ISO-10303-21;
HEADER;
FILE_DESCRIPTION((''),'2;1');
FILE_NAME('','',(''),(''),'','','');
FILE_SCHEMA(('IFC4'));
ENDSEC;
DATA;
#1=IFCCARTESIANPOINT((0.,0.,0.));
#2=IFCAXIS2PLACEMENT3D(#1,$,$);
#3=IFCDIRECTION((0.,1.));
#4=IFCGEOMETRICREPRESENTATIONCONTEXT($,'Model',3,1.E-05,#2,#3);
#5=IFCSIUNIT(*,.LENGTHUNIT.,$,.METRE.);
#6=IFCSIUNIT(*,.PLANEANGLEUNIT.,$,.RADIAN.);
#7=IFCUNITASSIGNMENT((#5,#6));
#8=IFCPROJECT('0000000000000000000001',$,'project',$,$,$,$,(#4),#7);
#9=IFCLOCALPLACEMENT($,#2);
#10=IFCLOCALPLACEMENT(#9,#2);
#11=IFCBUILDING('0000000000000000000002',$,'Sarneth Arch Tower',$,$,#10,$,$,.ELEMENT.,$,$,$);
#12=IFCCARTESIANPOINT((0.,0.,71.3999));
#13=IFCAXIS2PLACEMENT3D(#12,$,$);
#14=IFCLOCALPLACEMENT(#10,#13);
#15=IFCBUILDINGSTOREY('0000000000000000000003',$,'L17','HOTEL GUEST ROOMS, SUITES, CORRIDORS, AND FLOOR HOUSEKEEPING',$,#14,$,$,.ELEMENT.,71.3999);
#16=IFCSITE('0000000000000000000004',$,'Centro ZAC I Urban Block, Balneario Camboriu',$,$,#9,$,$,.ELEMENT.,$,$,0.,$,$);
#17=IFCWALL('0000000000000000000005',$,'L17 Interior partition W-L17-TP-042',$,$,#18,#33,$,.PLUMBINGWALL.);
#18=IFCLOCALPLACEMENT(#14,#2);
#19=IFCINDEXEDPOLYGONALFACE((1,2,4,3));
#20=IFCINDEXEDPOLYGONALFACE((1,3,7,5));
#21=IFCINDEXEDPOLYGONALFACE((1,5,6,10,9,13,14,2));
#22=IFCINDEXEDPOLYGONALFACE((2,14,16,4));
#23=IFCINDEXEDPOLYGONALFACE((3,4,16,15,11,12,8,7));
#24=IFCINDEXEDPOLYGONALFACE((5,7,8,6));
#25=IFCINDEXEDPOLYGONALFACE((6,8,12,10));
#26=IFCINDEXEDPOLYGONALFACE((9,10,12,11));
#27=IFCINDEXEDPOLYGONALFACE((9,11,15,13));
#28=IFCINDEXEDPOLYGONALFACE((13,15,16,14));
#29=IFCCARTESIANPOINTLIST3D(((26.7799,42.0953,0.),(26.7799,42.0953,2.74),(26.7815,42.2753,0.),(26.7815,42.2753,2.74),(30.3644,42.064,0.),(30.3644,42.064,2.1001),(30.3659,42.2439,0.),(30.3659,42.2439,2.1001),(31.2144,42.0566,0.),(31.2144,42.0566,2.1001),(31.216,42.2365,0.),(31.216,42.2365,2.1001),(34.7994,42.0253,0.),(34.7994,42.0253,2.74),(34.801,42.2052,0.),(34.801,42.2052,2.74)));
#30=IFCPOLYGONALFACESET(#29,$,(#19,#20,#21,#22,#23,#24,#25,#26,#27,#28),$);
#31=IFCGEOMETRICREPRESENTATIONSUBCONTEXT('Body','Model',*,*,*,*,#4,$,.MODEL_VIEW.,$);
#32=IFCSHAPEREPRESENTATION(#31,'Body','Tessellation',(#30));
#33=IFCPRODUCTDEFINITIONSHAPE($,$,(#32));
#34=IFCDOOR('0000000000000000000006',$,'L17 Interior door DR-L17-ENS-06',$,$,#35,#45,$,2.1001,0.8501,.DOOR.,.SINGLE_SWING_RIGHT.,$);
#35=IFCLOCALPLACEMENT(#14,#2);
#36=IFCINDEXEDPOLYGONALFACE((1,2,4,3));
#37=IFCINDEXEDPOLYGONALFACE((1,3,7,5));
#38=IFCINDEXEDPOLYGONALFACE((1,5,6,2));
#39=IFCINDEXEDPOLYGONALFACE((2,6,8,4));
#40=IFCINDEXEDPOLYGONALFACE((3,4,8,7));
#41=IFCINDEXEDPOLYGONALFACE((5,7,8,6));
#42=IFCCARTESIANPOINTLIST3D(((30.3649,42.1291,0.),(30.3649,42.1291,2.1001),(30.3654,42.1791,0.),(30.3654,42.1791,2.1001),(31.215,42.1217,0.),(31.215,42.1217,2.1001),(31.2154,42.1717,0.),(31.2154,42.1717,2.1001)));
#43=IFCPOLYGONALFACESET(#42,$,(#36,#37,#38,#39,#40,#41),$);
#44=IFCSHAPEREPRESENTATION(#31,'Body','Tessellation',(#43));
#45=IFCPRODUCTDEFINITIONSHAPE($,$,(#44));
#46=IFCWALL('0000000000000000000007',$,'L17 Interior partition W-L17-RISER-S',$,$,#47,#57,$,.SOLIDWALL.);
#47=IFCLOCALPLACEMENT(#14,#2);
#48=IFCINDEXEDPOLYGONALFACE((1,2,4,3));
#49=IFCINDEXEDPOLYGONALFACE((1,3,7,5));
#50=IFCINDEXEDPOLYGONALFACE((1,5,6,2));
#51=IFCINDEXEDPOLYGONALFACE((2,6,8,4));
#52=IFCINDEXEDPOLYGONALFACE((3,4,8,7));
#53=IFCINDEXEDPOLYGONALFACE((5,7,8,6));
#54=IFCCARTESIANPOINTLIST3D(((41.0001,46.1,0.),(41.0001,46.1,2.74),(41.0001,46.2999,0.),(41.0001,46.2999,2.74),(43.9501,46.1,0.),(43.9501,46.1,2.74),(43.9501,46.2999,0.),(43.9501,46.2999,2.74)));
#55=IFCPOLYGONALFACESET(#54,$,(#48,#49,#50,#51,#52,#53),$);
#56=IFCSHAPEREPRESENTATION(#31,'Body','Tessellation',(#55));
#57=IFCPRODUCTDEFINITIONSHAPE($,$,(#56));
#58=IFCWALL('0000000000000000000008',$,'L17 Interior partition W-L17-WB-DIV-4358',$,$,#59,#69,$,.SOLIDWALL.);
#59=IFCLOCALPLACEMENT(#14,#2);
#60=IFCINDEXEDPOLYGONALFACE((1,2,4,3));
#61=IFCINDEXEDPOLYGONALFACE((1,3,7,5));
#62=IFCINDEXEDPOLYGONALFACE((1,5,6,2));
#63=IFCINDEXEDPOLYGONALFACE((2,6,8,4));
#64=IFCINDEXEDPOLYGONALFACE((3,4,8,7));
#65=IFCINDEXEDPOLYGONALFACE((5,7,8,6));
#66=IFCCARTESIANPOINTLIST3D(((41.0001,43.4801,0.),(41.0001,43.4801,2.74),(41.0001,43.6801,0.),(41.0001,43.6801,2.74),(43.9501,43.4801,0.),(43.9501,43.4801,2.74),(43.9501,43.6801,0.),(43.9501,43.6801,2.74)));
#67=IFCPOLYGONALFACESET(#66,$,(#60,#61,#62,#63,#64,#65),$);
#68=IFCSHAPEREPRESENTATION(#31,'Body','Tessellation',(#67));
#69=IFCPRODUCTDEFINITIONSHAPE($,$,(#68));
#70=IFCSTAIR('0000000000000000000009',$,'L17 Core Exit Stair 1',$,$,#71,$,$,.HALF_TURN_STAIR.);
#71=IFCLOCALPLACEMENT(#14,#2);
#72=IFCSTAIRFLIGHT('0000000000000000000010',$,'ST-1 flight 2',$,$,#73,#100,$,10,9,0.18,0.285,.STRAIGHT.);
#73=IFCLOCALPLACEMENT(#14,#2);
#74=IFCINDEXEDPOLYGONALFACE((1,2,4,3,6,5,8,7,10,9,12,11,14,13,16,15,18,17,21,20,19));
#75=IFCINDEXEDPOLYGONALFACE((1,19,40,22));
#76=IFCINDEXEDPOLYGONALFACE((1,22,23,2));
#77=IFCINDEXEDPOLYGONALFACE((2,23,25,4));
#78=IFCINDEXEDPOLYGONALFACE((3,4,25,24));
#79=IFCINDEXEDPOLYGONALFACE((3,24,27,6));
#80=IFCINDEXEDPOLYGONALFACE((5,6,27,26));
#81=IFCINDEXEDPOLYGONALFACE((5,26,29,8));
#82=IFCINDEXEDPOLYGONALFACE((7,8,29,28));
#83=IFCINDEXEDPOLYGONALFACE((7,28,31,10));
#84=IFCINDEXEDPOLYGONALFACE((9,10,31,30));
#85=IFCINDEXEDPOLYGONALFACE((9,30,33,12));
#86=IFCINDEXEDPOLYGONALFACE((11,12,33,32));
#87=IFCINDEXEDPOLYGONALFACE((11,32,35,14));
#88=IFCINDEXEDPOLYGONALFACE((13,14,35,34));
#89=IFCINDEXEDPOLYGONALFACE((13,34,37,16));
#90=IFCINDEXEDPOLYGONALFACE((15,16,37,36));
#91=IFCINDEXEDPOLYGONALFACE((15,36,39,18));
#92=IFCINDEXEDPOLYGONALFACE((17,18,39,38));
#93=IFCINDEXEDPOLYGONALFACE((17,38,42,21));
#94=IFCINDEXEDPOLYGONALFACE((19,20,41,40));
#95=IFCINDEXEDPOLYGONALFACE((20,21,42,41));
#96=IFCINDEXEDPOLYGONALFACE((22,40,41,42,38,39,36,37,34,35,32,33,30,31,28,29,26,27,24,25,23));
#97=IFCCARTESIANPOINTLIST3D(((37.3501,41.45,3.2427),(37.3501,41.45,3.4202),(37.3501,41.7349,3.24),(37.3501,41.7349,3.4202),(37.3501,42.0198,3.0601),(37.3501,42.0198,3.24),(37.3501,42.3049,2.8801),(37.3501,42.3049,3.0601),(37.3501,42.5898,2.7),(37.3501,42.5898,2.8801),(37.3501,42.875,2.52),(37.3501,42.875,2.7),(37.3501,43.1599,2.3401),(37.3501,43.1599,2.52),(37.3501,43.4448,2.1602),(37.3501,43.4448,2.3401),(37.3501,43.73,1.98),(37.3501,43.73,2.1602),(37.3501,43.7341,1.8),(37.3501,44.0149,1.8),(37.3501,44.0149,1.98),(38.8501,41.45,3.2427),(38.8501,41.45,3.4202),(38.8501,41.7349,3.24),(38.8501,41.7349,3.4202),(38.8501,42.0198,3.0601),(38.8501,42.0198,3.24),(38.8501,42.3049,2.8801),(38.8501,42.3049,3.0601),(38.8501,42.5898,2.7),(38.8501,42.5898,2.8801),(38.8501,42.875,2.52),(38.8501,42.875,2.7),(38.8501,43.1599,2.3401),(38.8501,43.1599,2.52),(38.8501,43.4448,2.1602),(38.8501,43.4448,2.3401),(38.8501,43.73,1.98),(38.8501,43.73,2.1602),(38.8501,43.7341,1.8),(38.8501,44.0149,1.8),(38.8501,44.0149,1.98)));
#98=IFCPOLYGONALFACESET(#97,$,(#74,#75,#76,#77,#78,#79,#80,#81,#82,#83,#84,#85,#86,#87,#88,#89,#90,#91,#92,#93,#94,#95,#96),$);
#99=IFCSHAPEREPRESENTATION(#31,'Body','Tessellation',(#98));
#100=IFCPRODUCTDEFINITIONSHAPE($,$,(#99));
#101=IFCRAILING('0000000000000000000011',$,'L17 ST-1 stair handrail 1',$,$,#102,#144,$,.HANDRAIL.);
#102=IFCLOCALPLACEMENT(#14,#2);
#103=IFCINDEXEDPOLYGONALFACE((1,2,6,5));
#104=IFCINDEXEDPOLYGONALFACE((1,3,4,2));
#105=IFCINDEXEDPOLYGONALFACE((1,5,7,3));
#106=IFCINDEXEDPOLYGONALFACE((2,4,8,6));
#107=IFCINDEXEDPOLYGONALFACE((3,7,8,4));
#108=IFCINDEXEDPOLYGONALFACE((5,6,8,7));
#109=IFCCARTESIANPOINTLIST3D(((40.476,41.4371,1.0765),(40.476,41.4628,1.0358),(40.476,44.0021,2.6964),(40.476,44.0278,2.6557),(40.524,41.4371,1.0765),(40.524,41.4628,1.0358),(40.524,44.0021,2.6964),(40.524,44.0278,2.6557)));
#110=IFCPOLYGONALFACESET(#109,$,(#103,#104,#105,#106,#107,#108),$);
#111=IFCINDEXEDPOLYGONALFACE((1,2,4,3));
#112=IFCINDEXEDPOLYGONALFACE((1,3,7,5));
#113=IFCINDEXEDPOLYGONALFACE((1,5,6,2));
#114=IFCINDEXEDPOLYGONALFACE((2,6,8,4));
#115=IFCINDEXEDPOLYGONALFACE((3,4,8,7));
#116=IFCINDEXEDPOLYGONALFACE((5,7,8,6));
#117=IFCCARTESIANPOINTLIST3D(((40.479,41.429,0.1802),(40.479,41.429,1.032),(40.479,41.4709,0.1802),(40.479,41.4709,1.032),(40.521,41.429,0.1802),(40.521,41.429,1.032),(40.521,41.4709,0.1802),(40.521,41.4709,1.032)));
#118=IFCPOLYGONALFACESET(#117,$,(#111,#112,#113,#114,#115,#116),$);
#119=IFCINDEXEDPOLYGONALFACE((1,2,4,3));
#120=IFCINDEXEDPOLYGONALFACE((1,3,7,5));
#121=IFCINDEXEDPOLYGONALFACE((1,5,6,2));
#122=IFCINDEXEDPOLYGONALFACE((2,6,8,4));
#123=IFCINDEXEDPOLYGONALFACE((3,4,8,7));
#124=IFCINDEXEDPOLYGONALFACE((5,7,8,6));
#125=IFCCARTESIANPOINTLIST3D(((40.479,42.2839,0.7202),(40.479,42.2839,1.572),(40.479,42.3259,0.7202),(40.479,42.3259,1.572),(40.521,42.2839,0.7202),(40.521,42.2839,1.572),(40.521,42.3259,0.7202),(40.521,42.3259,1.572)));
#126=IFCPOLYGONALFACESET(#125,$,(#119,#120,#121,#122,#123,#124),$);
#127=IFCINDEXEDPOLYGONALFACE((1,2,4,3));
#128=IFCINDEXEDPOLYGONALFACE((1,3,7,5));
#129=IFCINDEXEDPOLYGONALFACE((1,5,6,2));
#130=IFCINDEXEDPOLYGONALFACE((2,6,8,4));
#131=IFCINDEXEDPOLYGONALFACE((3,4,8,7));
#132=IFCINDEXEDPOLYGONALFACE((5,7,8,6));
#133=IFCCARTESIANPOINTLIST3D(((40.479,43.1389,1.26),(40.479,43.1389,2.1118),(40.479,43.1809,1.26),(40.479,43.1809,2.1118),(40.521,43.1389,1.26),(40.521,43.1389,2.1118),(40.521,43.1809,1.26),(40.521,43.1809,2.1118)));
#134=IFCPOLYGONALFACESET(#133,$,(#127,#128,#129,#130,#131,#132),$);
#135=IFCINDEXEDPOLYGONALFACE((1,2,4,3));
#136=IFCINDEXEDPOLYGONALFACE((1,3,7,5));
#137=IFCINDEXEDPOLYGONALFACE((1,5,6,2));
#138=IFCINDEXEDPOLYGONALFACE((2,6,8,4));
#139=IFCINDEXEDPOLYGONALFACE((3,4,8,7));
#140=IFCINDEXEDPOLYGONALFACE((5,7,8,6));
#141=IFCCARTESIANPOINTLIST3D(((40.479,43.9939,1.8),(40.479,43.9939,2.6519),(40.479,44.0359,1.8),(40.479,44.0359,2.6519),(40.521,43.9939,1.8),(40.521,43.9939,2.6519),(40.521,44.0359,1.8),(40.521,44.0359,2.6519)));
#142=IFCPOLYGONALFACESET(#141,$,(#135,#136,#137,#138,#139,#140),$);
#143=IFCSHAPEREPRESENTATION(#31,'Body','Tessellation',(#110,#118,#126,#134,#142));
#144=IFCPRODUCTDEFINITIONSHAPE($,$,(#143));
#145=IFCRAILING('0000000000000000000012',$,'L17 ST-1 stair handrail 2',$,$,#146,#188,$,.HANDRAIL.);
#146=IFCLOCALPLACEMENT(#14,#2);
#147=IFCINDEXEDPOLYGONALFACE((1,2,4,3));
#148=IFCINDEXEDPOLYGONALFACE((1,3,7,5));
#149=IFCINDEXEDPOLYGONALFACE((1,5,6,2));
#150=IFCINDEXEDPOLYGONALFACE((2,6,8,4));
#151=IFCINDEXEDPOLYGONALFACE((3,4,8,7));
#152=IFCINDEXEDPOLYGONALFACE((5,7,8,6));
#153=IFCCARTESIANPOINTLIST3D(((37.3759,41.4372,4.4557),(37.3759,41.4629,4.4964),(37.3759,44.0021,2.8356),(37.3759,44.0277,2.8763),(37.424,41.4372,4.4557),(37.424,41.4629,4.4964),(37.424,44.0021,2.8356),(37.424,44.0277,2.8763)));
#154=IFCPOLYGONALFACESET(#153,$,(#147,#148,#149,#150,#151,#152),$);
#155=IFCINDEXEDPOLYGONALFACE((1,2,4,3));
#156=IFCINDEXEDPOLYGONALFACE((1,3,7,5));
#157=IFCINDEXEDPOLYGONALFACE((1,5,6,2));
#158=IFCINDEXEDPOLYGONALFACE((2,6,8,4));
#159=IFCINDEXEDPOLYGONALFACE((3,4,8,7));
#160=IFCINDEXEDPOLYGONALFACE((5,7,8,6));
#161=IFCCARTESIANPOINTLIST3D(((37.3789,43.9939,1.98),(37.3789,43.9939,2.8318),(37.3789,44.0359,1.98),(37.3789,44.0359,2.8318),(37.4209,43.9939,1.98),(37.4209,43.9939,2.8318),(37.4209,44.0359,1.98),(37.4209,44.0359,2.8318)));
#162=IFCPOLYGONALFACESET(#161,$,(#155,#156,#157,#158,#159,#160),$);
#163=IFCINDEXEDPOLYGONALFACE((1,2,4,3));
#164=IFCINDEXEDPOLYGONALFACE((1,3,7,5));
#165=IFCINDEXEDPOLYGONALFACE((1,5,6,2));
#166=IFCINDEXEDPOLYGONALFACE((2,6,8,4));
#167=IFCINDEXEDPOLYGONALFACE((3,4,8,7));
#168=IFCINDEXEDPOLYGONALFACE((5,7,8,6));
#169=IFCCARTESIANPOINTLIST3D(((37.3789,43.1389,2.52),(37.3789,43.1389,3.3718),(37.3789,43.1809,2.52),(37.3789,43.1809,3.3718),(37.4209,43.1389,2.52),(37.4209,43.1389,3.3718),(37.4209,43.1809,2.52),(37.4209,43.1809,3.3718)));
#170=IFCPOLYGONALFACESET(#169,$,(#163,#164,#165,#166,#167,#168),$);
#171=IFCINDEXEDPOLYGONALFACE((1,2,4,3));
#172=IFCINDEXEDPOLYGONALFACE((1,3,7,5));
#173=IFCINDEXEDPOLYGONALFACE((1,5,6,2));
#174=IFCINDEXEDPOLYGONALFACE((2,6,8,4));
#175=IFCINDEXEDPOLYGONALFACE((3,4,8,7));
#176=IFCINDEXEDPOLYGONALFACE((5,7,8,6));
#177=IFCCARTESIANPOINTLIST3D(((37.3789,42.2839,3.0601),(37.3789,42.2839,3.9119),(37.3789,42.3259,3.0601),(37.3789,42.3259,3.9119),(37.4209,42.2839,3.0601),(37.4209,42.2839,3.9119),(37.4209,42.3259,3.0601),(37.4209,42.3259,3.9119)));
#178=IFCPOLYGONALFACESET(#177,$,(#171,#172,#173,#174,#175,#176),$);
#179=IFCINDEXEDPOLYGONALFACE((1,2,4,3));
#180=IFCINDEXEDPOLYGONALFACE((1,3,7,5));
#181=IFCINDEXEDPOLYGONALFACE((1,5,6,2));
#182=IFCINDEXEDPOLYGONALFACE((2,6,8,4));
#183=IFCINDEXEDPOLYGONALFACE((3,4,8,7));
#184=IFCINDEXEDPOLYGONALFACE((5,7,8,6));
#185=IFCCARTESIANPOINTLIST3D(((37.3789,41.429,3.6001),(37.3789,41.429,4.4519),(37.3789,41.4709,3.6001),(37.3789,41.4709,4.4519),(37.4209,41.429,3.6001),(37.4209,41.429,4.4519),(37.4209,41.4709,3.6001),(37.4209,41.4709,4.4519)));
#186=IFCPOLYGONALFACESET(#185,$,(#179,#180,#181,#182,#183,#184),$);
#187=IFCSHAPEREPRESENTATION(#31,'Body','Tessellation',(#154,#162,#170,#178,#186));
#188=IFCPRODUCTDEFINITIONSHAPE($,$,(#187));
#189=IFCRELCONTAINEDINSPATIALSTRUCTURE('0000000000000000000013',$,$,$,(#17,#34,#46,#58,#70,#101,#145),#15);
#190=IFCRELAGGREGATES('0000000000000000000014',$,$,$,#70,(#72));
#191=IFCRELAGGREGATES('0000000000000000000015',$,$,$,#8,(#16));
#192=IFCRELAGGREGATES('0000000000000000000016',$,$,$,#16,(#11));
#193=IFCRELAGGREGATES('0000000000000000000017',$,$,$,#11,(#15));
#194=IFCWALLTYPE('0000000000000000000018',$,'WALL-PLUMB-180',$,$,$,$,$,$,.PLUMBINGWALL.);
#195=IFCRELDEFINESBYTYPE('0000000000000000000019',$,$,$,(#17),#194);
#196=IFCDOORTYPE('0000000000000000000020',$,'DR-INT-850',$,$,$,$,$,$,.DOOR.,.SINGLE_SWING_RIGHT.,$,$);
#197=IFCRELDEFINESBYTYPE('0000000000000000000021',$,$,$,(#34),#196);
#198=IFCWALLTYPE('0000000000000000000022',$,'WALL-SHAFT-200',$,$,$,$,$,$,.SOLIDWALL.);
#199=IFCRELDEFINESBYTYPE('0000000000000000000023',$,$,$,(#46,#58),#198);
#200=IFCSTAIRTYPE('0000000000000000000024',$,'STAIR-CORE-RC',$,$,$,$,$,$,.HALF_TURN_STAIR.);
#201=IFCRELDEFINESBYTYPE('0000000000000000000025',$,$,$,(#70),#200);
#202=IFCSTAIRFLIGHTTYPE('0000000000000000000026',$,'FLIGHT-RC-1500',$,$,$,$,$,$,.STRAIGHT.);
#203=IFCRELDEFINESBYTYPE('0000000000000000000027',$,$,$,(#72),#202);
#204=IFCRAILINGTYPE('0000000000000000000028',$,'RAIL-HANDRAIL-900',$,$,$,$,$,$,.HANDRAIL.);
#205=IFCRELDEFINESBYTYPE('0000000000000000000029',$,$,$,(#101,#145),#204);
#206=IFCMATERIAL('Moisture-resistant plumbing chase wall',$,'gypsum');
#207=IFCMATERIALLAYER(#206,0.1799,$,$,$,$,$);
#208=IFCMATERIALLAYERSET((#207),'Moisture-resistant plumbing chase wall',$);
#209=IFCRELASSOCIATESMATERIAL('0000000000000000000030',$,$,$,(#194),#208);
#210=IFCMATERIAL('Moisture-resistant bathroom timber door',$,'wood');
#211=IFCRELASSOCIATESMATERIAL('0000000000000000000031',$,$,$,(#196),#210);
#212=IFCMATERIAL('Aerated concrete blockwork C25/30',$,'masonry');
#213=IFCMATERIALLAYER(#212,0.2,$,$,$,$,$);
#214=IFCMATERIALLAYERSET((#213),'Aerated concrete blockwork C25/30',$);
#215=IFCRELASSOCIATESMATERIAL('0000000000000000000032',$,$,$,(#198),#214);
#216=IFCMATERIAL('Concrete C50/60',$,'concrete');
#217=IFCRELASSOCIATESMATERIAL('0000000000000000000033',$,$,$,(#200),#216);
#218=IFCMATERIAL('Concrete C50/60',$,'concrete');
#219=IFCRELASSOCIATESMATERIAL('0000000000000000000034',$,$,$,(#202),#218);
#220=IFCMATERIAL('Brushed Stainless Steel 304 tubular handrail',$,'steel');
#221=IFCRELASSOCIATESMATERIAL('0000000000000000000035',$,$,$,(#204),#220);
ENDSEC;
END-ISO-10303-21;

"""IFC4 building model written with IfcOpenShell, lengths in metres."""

from ifc_helpers import new_model, si_unit, direction, frame, frame_2d, origin, origin_2d, place, context, subcontext, project, spatial, polyline, rectangle, outline, extrude, material, layer, layer_set, type_object, element, fill, aggregate, save


model = new_model("IFC4")

# Units and contexts
model_context = context("Model", 3, precision=1e-05, world=origin(), true_north=direction((0.0, 1.0)))
body_context = subcontext(model_context, "Body", "Model", "MODEL_VIEW")
ifc_project = project(units=[si_unit("LENGTHUNIT", "METRE"), si_unit("PLANEANGLEUNIT", "RADIAN")], contexts=[model_context])

# Site, building, storey
site_placement = place(None, origin())
site = spatial("IfcSite", under=ifc_project, at=site_placement, Name="Centro ZAC I Urban Block, Balneario Camboriu", CompositionType="ELEMENT", RefElevation=0.0)
building_placement = place(site_placement, origin())
building = spatial("IfcBuilding", under=site, at=building_placement, Name="Sarneth Arch Tower", CompositionType="ELEMENT")
storey_placement = place(building_placement, frame((0.0, 0.0, 71.3999)))
storey = spatial("IfcBuildingStorey", under=building, at=storey_placement, Name="L17", Description="HOTEL GUEST ROOMS, SUITES, CORRIDORS, AND FLOOR HOUSEKEEPING", CompositionType="ELEMENT", Elevation=71.3999)

# Wall, opening, door
ifc_material_1 = material(Name="Moisture-resistant plumbing chase wall", Category="gypsum")
ifc_layer_1 = layer(ifc_material_1, 0.1799)
ifc_layer_set_1 = layer_set([ifc_layer_1], Name="Moisture-resistant plumbing chase wall")
wall_type_1 = type_object("IfcWallType", Name="WALL-PLUMB-180", PredefinedType="PLUMBINGWALL", material=ifc_layer_set_1)
wall_1_placement = place(storey_placement, frame((34.8, 42.1152, 0.0), z_axis=(0.0, 0.0, 1.0), x_axis=(-0.999962, 0.008737, 0.0)))
wall_1 = element("IfcWall", 1, at=wall_1_placement, inside=storey, type_object=wall_type_1, Name="L17 Interior partition W-L17-TP-042", PredefinedType="PLUMBINGWALL", context=body_context, shape_type="SweptSolid", body=[
    extrude(rectangle(XDim=8.0198, YDim=0.1799, at=frame_2d((4.0098, 0.0))), origin(), (0.0, 0.0, 1.0), 2.74),
])
opening_1_placement = place(wall_1_placement, frame((3.585, 0.0, 0.0)))
opening_1 = element("IfcOpeningElement", 2, at=opening_1_placement, cuts=wall_1, PredefinedType="OPENING", context=body_context, shape_type="SweptSolid", body=[
    extrude(rectangle(XDim=0.8501, YDim=2.1001, at=frame_2d((0.425, 1.05))), frame((0.0, 0.0999, 0.0), z_axis=(0.0, -1.0, 0.0), x_axis=(1.0, 0.0, 0.0)), (0.0, 0.0, 1.0), 0.2),
])
ifc_material_2 = material(Name="Moisture-resistant bathroom timber door", Category="wood")
door_type_1 = type_object("IfcDoorType", Name="DR-INT-850", OperationType="SINGLE_SWING_RIGHT", PredefinedType="DOOR", material=ifc_material_2)
door_1_placement = place(opening_1_placement, origin())
door_1 = element("IfcDoor", 3, at=door_1_placement, inside=storey, type_object=door_type_1, Name="L17 Interior door DR-L17-ENS-06", OperationType="SINGLE_SWING_RIGHT", OverallHeight=2.1001, OverallWidth=0.8501, PredefinedType="DOOR", context=body_context, shape_type="SweptSolid", body=[
    extrude(rectangle(XDim=0.8501, YDim=2.1001, at=frame_2d((0.425, 1.05))), frame((0.0, 0.0249, 0.0), z_axis=(0.0, -1.0, 0.0), x_axis=(1.0, 0.0, 0.0)), (0.0, 0.0, 1.0), 0.05),
])
fill(opening_1, door_1)

# Wall
ifc_material_3 = material(Name="Aerated concrete blockwork C25/30", Category="masonry")
ifc_layer_2 = layer(ifc_material_3, 0.2)
ifc_layer_set_2 = layer_set([ifc_layer_2], Name="Aerated concrete blockwork C25/30")
wall_type_2 = type_object("IfcWallType", Name="WALL-SHAFT-200", PredefinedType="SOLIDWALL", material=ifc_layer_set_2)
wall_2_placement = place(storey_placement, frame((41.0, 46.2, 0.0), z_axis=(0.0, 0.0, 1.0), x_axis=(1.0, 0.0, 0.0)))
element("IfcWall", 4, at=wall_2_placement, inside=storey, type_object=wall_type_2, Name="L17 Interior partition W-L17-RISER-S", PredefinedType="SOLIDWALL", context=body_context, shape_type="SweptSolid", body=[
    extrude(rectangle(XDim=2.95, YDim=0.2, at=frame_2d((1.4751, 0.0))), origin(), (0.0, 0.0, 1.0), 2.74),
])

# Wall
wall_3_placement = place(storey_placement, frame((41.0, 43.5801, 0.0), z_axis=(0.0, 0.0, 1.0), x_axis=(1.0, 0.0, 0.0)))
element("IfcWall", 5, at=wall_3_placement, inside=storey, type_object=wall_type_2, Name="L17 Interior partition W-L17-WB-DIV-4358", PredefinedType="SOLIDWALL", context=body_context, shape_type="SweptSolid", body=[
    extrude(rectangle(XDim=2.95, YDim=0.2, at=frame_2d((1.4751, 0.0))), origin(), (0.0, 0.0, 1.0), 2.74),
])

# Stair, stair flight
ifc_material_4 = material(Name="Concrete C50/60", Category="concrete")
stair_type = type_object("IfcStairType", Name="STAIR-CORE-RC", PredefinedType="HALF_TURN_STAIR", material=ifc_material_4)
stair_placement = place(storey_placement, origin())
stair = element("IfcStair", 6, at=stair_placement, inside=storey, type_object=stair_type, Name="L17 Core Exit Stair 1", PredefinedType="HALF_TURN_STAIR")
ifc_material_5 = material(Name="Concrete C50/60", Category="concrete")
stair_flight_type = type_object("IfcStairFlightType", Name="FLIGHT-RC-1500", PredefinedType="STRAIGHT", material=ifc_material_5)
stair_flight_placement = place(storey_placement, frame((38.1001, 44.0149, 1.8), z_axis=(0.0, 0.0, 1.0), x_axis=(0.0, -1.0, 0.0)))
stair_flight = element("IfcStairFlight", 7, at=stair_flight_placement, type_object=stair_flight_type, Name="ST-1 flight 2", NumberOfRisers=10, NumberOfTreads=9, PredefinedType="STRAIGHT", RiserHeight=0.18, TreadLength=0.285, context=body_context, shape_type="SweptSolid", body=[
    extrude(outline(polyline([(0.0, 0.0), (0.0, 0.1799), (0.2849, 0.1799), (0.2849, 0.3601), (0.5701, 0.3601), (0.5701, 0.54), (0.855, 0.54), (0.855, 0.72), (1.1399, 0.72), (1.1399, 0.8999), (1.425, 0.8999), (1.425, 1.0801), (1.71, 1.0801), (1.71, 1.26), (1.9951, 1.26), (1.9951, 1.4399), (2.28, 1.4399), (2.28, 1.6201), (2.5649, 1.6201), (2.5649, 1.8), (2.5649, 1.4426), (0.2808, 0.0), (0.0, 0.0)])), frame((0.0, 0.75, 0.0), z_axis=(0.0, -1.0, 0.0), x_axis=(1.0, 0.0, 0.0)), (0.0, 0.0, 1.0), 1.5),
])
aggregate(stair, [stair_flight])

# Railings
ifc_material_6 = material(Name="Brushed Stainless Steel 304 tubular handrail", Category="steel")
railing_type_1 = type_object("IfcRailingType", Name="RAIL-HANDRAIL-900", PredefinedType="HANDRAIL", material=ifc_material_6)
railing_1_placement = place(storey_placement, frame((40.5, 41.45, 0.1802)))
element("IfcRailing", 8, at=railing_1_placement, inside=storey, type_object=railing_type_1, Name="L17 ST-1 stair handrail 1", PredefinedType="HANDRAIL", context=body_context, shape_type="SweptSolid", body=[
    extrude(rectangle(XDim=0.0481, YDim=0.0481, at=origin_2d()), frame((0.0, 0.0, 0.876), z_axis=(0.0, 0.845502, 0.533972), x_axis=(-1.0, 0.0, 0.0)), (0.0, 0.0, 1.0), 3.0337),
    extrude(rectangle(XDim=0.042, YDim=0.042, at=origin_2d()), origin(), (0.0, 0.0, 1.0), 0.8518),
    extrude(rectangle(XDim=0.042, YDim=0.042, at=origin_2d()), frame((0.0, 0.855, 0.54)), (0.0, 0.0, 1.0), 0.8518),
    extrude(rectangle(XDim=0.042, YDim=0.042, at=origin_2d()), frame((0.0, 1.71, 1.0798)), (0.0, 0.0, 1.0), 0.8518),
    extrude(rectangle(XDim=0.042, YDim=0.042, at=origin_2d()), frame((0.0, 2.5649, 1.6199)), (0.0, 0.0, 1.0), 0.8518),
])
railing_2_placement = place(storey_placement, frame((37.3999, 44.0149, 1.98)))
element("IfcRailing", 9, at=railing_2_placement, inside=storey, type_object=railing_type_1, Name="L17 ST-1 stair handrail 2", PredefinedType="HANDRAIL", context=body_context, shape_type="SweptSolid", body=[
    extrude(rectangle(XDim=0.0481, YDim=0.0481, at=origin_2d()), frame((0.0, 0.0, 0.876), z_axis=(0.0, -0.845466, 0.534029), x_axis=(1.0, 0.0, 0.0)), (0.0, 0.0, 1.0), 3.0337),
    extrude(rectangle(XDim=0.042, YDim=0.042, at=origin_2d()), origin(), (0.0, 0.0, 1.0), 0.8518),
    extrude(rectangle(XDim=0.042, YDim=0.042, at=origin_2d()), frame((0.0, -0.855, 0.54)), (0.0, 0.0, 1.0), 0.8518),
    extrude(rectangle(XDim=0.042, YDim=0.042, at=origin_2d()), frame((0.0, -1.71, 1.0801)), (0.0, 0.0, 1.0), 0.8518),
    extrude(rectangle(XDim=0.042, YDim=0.042, at=origin_2d()), frame((0.0, -2.5649, 1.6201)), (0.0, 0.0, 1.0), 0.8518),
])

save(model, "model.ifc")
